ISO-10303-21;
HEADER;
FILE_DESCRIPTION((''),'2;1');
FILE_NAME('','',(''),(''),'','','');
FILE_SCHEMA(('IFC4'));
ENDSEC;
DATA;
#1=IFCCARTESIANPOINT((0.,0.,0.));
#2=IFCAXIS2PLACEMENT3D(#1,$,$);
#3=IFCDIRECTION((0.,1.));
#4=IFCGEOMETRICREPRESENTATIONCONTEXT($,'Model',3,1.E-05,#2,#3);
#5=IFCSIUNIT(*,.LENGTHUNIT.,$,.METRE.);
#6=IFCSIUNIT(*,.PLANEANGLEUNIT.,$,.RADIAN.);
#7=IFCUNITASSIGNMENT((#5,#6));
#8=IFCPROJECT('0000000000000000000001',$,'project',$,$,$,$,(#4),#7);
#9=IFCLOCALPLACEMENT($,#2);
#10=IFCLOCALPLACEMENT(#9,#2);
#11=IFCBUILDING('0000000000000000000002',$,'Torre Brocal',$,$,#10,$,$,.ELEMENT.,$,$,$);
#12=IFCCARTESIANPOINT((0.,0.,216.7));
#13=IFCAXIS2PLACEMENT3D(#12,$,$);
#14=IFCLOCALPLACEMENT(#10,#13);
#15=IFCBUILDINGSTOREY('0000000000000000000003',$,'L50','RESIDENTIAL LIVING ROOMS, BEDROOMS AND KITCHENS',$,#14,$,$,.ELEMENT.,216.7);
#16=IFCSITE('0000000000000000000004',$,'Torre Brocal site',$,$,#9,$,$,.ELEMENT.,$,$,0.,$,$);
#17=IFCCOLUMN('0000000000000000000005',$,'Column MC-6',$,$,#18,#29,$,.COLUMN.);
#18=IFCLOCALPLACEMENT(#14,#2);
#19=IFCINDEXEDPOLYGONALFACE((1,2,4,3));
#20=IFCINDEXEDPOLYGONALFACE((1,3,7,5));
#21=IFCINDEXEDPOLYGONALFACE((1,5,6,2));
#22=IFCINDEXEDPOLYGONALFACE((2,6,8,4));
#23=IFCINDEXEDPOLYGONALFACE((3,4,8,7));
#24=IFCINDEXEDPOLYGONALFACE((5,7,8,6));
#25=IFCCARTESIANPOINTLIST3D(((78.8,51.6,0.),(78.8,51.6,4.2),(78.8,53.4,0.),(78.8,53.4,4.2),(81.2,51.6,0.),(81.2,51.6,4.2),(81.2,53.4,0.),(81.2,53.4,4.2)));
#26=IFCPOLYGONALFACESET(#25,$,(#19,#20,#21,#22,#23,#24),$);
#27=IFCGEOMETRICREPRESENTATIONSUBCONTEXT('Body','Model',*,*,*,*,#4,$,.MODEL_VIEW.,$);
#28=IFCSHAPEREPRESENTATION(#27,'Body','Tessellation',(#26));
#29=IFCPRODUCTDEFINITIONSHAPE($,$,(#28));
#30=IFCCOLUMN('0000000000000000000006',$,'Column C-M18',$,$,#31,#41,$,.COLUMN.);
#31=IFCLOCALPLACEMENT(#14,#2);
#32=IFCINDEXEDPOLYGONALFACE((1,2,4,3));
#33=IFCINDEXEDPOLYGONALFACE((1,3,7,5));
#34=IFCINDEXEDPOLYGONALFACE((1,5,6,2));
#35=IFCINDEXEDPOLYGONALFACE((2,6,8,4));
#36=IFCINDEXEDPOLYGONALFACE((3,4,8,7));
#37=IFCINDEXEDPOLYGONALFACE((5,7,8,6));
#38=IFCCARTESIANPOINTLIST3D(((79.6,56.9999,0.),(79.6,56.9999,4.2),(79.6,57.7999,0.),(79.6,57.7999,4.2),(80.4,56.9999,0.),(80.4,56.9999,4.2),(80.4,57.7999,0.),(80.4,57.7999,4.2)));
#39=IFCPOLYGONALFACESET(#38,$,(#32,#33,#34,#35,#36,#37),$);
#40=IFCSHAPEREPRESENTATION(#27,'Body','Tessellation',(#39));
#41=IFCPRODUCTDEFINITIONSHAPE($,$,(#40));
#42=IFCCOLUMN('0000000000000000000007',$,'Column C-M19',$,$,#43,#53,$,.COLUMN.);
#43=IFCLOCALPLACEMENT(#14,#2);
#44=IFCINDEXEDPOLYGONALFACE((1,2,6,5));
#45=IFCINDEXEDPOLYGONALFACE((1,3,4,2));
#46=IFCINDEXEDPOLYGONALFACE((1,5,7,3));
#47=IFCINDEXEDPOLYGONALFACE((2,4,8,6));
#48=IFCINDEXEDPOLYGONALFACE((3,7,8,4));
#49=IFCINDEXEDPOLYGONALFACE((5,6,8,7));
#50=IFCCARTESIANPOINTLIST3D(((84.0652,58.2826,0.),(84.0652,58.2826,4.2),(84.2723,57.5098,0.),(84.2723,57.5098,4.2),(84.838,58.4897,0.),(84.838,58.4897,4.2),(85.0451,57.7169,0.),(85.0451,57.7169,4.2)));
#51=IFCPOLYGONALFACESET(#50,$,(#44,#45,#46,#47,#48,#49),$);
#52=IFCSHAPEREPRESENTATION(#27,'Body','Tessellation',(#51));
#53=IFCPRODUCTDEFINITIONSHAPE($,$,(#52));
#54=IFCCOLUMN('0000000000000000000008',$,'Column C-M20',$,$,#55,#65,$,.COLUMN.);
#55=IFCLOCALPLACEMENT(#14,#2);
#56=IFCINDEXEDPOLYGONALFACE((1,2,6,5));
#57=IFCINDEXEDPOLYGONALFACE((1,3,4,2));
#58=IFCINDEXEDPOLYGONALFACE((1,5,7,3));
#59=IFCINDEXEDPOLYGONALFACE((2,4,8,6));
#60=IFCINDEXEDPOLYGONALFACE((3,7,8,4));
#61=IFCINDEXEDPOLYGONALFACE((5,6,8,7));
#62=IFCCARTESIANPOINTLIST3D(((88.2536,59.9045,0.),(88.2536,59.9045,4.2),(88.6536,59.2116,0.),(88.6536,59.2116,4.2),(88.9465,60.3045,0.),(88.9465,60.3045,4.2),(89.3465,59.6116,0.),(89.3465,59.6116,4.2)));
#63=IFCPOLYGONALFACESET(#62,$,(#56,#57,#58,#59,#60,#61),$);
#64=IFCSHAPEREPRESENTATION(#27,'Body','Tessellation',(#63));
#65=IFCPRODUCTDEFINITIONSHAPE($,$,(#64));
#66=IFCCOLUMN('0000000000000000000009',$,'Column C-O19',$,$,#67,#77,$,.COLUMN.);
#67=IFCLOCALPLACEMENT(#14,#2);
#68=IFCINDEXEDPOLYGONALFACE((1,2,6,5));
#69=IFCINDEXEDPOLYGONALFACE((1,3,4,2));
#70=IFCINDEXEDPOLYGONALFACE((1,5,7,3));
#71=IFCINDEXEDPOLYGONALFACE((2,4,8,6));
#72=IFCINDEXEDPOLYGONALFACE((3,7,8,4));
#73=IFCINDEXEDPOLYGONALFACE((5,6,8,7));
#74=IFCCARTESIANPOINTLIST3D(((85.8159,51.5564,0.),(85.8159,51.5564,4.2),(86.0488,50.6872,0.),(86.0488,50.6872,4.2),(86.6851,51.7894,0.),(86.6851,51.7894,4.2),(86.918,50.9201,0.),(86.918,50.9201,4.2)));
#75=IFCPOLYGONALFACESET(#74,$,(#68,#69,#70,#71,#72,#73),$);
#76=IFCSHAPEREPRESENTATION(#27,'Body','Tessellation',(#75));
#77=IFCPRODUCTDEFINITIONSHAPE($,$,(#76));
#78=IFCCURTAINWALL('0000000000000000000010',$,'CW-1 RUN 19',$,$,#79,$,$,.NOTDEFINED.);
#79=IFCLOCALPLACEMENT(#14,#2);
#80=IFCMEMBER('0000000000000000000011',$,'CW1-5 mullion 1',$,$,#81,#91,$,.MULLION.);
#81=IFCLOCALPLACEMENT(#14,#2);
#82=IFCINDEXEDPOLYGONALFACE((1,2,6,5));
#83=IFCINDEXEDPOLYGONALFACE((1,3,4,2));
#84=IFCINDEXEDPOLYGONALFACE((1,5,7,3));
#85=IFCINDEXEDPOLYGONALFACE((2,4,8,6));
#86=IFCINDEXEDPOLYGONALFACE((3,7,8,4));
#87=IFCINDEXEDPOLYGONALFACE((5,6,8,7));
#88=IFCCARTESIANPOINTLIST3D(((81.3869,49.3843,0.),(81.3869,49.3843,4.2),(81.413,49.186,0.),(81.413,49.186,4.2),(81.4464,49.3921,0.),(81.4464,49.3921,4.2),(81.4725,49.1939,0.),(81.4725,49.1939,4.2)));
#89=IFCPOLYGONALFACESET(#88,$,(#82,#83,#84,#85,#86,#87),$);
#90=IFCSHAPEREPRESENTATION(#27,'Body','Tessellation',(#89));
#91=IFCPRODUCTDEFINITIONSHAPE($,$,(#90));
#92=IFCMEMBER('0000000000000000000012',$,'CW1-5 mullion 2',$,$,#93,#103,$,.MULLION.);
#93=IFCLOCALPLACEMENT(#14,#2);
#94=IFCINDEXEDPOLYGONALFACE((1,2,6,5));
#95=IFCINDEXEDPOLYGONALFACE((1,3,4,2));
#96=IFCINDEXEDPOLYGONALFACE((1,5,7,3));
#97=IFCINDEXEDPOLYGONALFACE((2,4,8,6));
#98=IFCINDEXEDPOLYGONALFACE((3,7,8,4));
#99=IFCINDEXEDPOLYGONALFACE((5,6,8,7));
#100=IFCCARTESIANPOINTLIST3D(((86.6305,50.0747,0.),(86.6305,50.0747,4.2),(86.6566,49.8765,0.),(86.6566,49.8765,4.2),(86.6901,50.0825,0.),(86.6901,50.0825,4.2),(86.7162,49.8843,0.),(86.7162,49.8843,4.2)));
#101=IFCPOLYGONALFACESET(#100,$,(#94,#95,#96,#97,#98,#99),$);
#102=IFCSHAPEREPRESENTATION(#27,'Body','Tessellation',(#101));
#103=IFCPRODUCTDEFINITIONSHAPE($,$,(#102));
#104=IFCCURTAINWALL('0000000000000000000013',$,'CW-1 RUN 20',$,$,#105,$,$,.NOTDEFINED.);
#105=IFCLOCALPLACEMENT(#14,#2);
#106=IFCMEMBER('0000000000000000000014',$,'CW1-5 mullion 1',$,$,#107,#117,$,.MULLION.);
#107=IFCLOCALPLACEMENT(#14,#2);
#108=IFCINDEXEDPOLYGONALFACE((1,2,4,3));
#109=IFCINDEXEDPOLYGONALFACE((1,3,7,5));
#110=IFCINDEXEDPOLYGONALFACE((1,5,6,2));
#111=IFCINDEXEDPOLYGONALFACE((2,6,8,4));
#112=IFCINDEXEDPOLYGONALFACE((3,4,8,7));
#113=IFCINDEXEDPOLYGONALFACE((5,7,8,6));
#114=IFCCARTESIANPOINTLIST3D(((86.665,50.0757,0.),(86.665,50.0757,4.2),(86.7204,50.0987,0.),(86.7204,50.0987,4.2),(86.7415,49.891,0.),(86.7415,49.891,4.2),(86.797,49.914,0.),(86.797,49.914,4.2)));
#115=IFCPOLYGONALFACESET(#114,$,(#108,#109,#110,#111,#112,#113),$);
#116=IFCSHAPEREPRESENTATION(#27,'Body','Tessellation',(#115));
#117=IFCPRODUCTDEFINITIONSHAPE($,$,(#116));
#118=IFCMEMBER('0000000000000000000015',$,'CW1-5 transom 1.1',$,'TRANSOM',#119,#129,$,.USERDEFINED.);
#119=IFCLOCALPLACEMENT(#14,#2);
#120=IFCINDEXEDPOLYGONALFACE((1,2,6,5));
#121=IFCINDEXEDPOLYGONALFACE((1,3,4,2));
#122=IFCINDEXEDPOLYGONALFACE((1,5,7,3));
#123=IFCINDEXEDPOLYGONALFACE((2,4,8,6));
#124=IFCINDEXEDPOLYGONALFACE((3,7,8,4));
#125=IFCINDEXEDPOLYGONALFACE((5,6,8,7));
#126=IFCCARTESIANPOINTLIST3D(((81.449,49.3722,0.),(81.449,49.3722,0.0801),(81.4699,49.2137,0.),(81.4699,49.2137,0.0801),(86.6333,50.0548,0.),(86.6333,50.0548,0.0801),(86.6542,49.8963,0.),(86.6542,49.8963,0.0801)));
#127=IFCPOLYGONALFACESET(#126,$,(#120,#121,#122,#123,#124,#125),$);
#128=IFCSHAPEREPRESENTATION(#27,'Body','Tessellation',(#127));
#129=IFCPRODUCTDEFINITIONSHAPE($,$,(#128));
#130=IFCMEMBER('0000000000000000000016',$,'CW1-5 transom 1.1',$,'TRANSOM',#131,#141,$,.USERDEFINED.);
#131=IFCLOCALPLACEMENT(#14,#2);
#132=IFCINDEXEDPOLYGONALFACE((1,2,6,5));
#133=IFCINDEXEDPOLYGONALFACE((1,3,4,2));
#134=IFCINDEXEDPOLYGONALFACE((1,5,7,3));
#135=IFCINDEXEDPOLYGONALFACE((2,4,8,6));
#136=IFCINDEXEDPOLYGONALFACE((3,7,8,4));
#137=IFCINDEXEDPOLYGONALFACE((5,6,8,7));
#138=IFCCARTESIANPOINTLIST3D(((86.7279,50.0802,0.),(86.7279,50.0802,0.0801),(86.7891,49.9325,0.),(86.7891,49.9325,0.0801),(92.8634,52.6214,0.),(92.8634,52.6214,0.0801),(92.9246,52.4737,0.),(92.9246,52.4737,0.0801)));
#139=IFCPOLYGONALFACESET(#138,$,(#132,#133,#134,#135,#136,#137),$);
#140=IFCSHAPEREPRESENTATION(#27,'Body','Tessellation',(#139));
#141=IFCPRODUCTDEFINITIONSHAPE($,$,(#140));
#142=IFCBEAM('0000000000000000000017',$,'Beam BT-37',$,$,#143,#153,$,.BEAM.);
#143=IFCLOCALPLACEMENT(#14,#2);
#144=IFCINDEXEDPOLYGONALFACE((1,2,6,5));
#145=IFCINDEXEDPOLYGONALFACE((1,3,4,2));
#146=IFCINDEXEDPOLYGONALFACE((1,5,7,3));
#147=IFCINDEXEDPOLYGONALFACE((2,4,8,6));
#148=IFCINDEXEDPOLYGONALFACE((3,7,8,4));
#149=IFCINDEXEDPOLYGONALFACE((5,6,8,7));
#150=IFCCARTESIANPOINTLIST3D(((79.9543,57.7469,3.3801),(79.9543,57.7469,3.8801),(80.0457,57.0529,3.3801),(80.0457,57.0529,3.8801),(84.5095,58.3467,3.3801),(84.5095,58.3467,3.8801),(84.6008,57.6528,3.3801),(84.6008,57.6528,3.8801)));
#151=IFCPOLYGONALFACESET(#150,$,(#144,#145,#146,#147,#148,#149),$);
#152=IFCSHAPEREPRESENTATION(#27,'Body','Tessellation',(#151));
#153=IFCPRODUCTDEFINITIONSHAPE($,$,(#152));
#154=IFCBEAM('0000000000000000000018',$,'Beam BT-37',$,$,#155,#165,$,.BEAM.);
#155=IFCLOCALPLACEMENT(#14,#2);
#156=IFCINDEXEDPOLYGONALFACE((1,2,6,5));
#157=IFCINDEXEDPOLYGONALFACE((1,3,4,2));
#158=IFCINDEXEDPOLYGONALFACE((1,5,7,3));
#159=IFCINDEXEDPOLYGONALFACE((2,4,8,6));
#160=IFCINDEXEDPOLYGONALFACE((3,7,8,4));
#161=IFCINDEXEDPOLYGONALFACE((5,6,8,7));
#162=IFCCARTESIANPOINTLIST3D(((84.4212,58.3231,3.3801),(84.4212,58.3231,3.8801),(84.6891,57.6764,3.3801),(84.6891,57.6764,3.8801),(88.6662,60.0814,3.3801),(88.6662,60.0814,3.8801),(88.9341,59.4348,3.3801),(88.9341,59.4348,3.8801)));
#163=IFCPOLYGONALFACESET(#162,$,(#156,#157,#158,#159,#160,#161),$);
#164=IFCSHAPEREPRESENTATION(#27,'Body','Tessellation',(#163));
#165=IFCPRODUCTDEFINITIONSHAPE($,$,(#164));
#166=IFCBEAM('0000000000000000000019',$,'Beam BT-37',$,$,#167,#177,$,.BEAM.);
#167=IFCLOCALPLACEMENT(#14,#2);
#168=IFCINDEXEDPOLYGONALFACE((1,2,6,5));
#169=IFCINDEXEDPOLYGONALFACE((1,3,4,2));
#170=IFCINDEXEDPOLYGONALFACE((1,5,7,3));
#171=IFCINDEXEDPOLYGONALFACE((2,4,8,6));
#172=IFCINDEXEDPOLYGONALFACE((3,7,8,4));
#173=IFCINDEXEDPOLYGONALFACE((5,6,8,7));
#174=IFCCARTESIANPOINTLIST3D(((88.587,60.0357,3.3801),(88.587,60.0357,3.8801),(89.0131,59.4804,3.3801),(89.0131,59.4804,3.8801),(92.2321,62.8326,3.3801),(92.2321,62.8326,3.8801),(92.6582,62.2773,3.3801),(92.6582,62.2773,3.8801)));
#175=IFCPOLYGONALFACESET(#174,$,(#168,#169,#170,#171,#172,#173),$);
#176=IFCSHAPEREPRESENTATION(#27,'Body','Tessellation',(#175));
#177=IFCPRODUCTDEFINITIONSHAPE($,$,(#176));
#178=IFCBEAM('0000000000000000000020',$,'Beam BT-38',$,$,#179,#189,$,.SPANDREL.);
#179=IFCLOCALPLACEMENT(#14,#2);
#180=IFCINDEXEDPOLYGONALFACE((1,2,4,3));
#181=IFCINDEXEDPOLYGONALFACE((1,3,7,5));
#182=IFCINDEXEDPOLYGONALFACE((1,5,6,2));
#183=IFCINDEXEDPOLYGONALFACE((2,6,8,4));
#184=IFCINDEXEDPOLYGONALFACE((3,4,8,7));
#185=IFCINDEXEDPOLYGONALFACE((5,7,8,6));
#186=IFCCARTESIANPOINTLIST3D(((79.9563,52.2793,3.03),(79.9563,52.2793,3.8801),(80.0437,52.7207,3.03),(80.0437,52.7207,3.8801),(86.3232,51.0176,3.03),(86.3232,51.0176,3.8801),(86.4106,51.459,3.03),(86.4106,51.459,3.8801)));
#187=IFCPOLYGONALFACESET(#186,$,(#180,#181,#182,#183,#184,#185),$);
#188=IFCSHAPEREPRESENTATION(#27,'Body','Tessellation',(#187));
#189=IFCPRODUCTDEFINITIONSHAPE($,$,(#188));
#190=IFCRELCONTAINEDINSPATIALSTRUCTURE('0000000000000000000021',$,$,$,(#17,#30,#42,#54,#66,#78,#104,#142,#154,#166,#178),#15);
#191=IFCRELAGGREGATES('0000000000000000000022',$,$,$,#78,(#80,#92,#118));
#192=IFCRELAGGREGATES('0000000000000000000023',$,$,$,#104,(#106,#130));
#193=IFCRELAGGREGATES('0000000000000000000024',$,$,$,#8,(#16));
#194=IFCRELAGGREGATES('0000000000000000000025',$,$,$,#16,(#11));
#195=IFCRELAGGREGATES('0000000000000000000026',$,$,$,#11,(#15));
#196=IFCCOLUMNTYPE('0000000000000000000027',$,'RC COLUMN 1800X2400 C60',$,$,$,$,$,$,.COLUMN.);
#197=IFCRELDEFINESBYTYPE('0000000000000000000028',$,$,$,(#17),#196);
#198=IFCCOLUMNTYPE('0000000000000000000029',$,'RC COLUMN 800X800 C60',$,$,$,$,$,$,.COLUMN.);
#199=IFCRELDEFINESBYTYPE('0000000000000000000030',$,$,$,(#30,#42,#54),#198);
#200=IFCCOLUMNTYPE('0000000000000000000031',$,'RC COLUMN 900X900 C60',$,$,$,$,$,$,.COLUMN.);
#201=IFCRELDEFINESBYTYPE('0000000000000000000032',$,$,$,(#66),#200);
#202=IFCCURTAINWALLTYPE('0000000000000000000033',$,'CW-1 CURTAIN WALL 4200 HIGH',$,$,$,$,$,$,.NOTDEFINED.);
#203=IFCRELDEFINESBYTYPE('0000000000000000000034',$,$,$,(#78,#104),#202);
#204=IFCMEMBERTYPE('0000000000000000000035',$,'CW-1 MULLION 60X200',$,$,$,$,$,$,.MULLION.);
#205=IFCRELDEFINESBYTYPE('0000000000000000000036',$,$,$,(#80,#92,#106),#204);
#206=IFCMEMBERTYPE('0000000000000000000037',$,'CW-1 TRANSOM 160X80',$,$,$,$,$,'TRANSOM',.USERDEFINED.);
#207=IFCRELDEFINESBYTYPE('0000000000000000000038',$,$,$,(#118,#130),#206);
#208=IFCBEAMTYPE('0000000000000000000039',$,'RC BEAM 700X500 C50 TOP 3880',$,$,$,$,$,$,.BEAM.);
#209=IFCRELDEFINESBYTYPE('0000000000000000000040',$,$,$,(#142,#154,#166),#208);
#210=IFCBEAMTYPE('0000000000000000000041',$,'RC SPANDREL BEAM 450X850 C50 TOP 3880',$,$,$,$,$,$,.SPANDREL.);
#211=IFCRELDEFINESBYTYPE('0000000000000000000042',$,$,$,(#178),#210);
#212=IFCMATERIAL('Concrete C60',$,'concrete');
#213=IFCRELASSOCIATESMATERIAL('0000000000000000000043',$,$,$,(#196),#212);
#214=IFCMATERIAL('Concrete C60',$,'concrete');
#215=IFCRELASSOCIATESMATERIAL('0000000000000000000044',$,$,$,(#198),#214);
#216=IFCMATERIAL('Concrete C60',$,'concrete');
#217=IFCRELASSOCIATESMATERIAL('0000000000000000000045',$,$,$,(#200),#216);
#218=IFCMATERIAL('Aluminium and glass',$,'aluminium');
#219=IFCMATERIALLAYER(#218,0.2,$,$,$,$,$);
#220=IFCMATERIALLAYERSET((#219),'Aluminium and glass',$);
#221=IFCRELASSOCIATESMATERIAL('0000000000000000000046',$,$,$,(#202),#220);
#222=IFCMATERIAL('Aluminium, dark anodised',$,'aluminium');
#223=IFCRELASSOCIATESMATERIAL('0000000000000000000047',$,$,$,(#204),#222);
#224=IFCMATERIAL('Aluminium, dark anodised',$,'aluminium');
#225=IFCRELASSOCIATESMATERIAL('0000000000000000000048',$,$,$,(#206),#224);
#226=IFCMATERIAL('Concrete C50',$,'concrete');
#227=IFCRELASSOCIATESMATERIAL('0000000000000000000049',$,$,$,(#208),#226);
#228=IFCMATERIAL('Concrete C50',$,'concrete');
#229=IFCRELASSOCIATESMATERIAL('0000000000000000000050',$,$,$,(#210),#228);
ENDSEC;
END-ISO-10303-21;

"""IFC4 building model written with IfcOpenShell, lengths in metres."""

from ifc_helpers import new_model, si_unit, direction, frame, origin, origin_2d, place, context, subcontext, project, spatial, rectangle, extrude, material, layer, layer_set, material_profile, profile_set, type_object, element, aggregate, save


model = new_model("IFC4")

# Units and contexts
model_context = context("Model", 3, precision=1e-05, world=origin(), true_north=direction((0.0, 1.0)))
body_context = subcontext(model_context, "Body", "Model", "MODEL_VIEW")
ifc_project = project(units=[si_unit("LENGTHUNIT", "METRE"), si_unit("PLANEANGLEUNIT", "RADIAN")], contexts=[model_context])

# Site, building, storey
site_placement = place(None, origin())
site = spatial("IfcSite", under=ifc_project, at=site_placement, Name="Torre Brocal site", CompositionType="ELEMENT", RefElevation=0.0)
building_placement = place(site_placement, origin())
building = spatial("IfcBuilding", under=site, at=building_placement, Name="Torre Brocal", CompositionType="ELEMENT")
storey_placement = place(building_placement, frame((0.0, 0.0, 216.7)))
storey = spatial("IfcBuildingStorey", under=building, at=storey_placement, Name="L50", Description="RESIDENTIAL LIVING ROOMS, BEDROOMS AND KITCHENS", CompositionType="ELEMENT", Elevation=216.7)

# Columns
ifc_material_1 = material(Name="Concrete C60", Category="concrete")
ifc_material_profile_1 = material_profile(ifc_material_1, rectangle(XDim=1.8, YDim=2.3999, at=origin_2d()), Name="RC 1800X2400")
ifc_profile_set_1 = profile_set([ifc_material_profile_1], Name="Concrete C60")
column_type_1 = type_object("IfcColumnType", Name="RC COLUMN 1800X2400 C60", PredefinedType="COLUMN", material=ifc_profile_set_1)
column_1_placement = place(storey_placement, frame((80.0, 52.5, 0.0), z_axis=(0.0, 0.0, 1.0), x_axis=(0.0, -1.0, 0.0)))
element("IfcColumn", 1, at=column_1_placement, inside=storey, type_object=column_type_1, Name="Column MC-6", PredefinedType="COLUMN", context=body_context, shape_type="SweptSolid", body=[
    extrude(rectangle(XDim=1.8, YDim=2.3999, at=origin_2d()), origin(), (0.0, 0.0, 1.0), 4.2),
])
ifc_material_2 = material(Name="Concrete C60", Category="concrete")
ifc_material_profile_2 = material_profile(ifc_material_2, rectangle(XDim=0.8, YDim=0.8, at=origin_2d()), Name="RC 800X800")
ifc_profile_set_2 = profile_set([ifc_material_profile_2], Name="Concrete C60")
column_type_2 = type_object("IfcColumnType", Name="RC COLUMN 800X800 C60", PredefinedType="COLUMN", material=ifc_profile_set_2)
for number, where, z_axis, x_axis, name in (
    (2, (80.0, 57.3999, 0.0), (0.0, 0.0, 1.0), (0.0, -1.0, 0.0), "Column C-M18"),
    (3, (84.5552, 57.9998, 0.0), (0.0, 0.0, 1.0), (0.258819, -0.965926, 0.0), "Column C-M19"),
    (4, (88.8, 59.7581, 0.0), (0.0, 0.0, 1.0), (0.5, -0.866025, 0.0), "Column C-M20"),
):
    element("IfcColumn", number, at=place(storey_placement, frame(where, z_axis=z_axis, x_axis=x_axis)), inside=storey, type_object=column_type_2, Name=name, PredefinedType="COLUMN", context=body_context, shape_type="SweptSolid", body=[
        extrude(rectangle(XDim=0.8, YDim=0.8, at=origin_2d()), origin(), (0.0, 0.0, 1.0), 4.2),
    ])
ifc_material_3 = material(Name="Concrete C60", Category="concrete")
ifc_material_profile_3 = material_profile(ifc_material_3, rectangle(XDim=0.8999, YDim=0.8999, at=origin_2d()), Name="RC 900X900")
ifc_profile_set_3 = profile_set([ifc_material_profile_3], Name="Concrete C60")
column_type_3 = type_object("IfcColumnType", Name="RC COLUMN 900X900 C60", PredefinedType="COLUMN", material=ifc_profile_set_3)
column_2_placement = place(storey_placement, frame((86.3669, 51.2383, 0.0), z_axis=(0.0, 0.0, 1.0), x_axis=(0.258819, -0.965926, 0.0)))
element("IfcColumn", 5, at=column_2_placement, inside=storey, type_object=column_type_3, Name="Column C-O19", PredefinedType="COLUMN", context=body_context, shape_type="SweptSolid", body=[
    extrude(rectangle(XDim=0.8999, YDim=0.8999, at=origin_2d()), origin(), (0.0, 0.0, 1.0), 4.2),
])

# Curtain wall, members
ifc_material_4 = material(Name="Aluminium and glass", Category="aluminium")
ifc_layer_1 = layer(ifc_material_4, 0.2)
ifc_layer_set_1 = layer_set([ifc_layer_1], Name="Aluminium and glass")
curtain_wall_type = type_object("IfcCurtainWallType", Name="CW-1 CURTAIN WALL 4200 HIGH", PredefinedType="NOTDEFINED", material=ifc_layer_set_1)
curtain_wall_1_placement = place(storey_placement, origin())
curtain_wall_1 = element("IfcCurtainWall", 6, at=curtain_wall_1_placement, inside=storey, type_object=curtain_wall_type, Name="CW-1 RUN 19", PredefinedType="NOTDEFINED")
ifc_material_5 = material(Name="Aluminium, dark anodised", Category="aluminium")
ifc_material_profile_4 = material_profile(ifc_material_5, rectangle(XDim=0.2, YDim=0.0601, at=origin_2d()), Name="CW-1 MULLION 60X200")
ifc_profile_set_4 = profile_set([ifc_material_profile_4], Name="Aluminium, dark anodised")
member_type_1 = type_object("IfcMemberType", Name="CW-1 MULLION 60X200", PredefinedType="MULLION", material=ifc_profile_set_4)
member_1_placement = place(storey_placement, frame((81.4297, 49.2891, 0.0), z_axis=(0.0, 0.0, 1.0), x_axis=(-0.130526, 0.991445, 0.0)))
member_1 = element("IfcMember", 7, at=member_1_placement, type_object=member_type_1, Name="CW1-5 mullion 1", PredefinedType="MULLION", context=body_context, shape_type="SweptSolid", body=[
    extrude(rectangle(XDim=0.2, YDim=0.0601, at=origin_2d()), origin(), (0.0, 0.0, 1.0), 4.2),
])
member_2_placement = place(storey_placement, frame((86.6733, 49.9795, 0.0), z_axis=(0.0, 0.0, 1.0), x_axis=(-0.130526, 0.991445, 0.0)))
member_2 = element("IfcMember", 8, at=member_2_placement, type_object=member_type_1, Name="CW1-5 mullion 2", PredefinedType="MULLION", context=body_context, shape_type="SweptSolid", body=[
    extrude(rectangle(XDim=0.2, YDim=0.0601, at=origin_2d()), origin(), (0.0, 0.0, 1.0), 4.2),
])

# Curtain wall, member
curtain_wall_2_placement = place(storey_placement, origin())
curtain_wall_2 = element("IfcCurtainWall", 9, at=curtain_wall_2_placement, inside=storey, type_object=curtain_wall_type, Name="CW-1 RUN 20", PredefinedType="NOTDEFINED")
member_3_placement = place(storey_placement, frame((86.731, 49.9949, 0.0), z_axis=(0.0, 0.0, 1.0), x_axis=(-0.382683, 0.92388, 0.0)))
member_3 = element("IfcMember", 10, at=member_3_placement, type_object=member_type_1, Name="CW1-5 mullion 1", PredefinedType="MULLION", context=body_context, shape_type="SweptSolid", body=[
    extrude(rectangle(XDim=0.2, YDim=0.0601, at=origin_2d()), origin(), (0.0, 0.0, 1.0), 4.2),
])

# Members
ifc_material_6 = material(Name="Aluminium, dark anodised", Category="aluminium")
ifc_material_profile_5 = material_profile(ifc_material_6, rectangle(XDim=0.1599, YDim=0.0801, at=origin_2d()), Name="CW-1 TRANSOM 160X80")
ifc_profile_set_5 = profile_set([ifc_material_profile_5], Name="Aluminium, dark anodised")
member_type_2 = type_object("IfcMemberType", Name="CW-1 TRANSOM 160X80", ElementType="TRANSOM", PredefinedType="USERDEFINED", material=ifc_profile_set_5)
member_4_placement = place(storey_placement, frame((81.4595, 49.293, 0.04), z_axis=(0.991443, 0.130543, 0.0), x_axis=(-0.130543, 0.991443, 0.0)))
member_4 = element("IfcMember", 11, at=member_4_placement, type_object=member_type_2, Name="CW1-5 transom 1.1", ObjectType="TRANSOM", PredefinedType="USERDEFINED", context=body_context, shape_type="SweptSolid", body=[
    extrude(rectangle(XDim=0.1599, YDim=0.0801, at=origin_2d()), origin(), (0.0, 0.0, 1.0), 5.229),
])
member_5_placement = place(storey_placement, frame((86.7585, 50.0063, 0.04), z_axis=(0.923887, 0.382665, 0.0), x_axis=(-0.382665, 0.923887, 0.0)))
member_5 = element("IfcMember", 12, at=member_5_placement, type_object=member_type_2, Name="CW1-5 transom 1.1", ObjectType="TRANSOM", PredefinedType="USERDEFINED", context=body_context, shape_type="SweptSolid", body=[
    extrude(rectangle(XDim=0.1599, YDim=0.0801, at=origin_2d()), origin(), (0.0, 0.0, 1.0), 6.6409),
])

# Beams
ifc_material_7 = material(Name="Concrete C50", Category="concrete")
ifc_material_profile_6 = material_profile(ifc_material_7, rectangle(XDim=0.7, YDim=0.5, at=origin_2d()), Name="RC 700X500")
ifc_profile_set_6 = profile_set([ifc_material_profile_6], Name="Concrete C50")
beam_type_1 = type_object("IfcBeamType", Name="RC BEAM 700X500 C50 TOP 3880", PredefinedType="BEAM", material=ifc_profile_set_6)
beam_1_placement = place(storey_placement, frame((80.0, 57.3999, 3.6301), z_axis=(0.991441, 0.130559, 0.0), x_axis=(-0.130559, 0.991441, 0.0)))
element("IfcBeam", 13, at=beam_1_placement, inside=storey, type_object=beam_type_1, Name="Beam BT-37", PredefinedType="BEAM", context=body_context, shape_type="SweptSolid", body=[
    extrude(rectangle(XDim=0.7, YDim=0.5, at=origin_2d()), origin(), (0.0, 0.0, 1.0), 4.5945),
])
beam_2_placement = place(storey_placement, frame((84.5552, 57.9998, 3.6301), z_axis=(0.923878, 0.382687, 0.0), x_axis=(-0.382687, 0.923878, 0.0)))
element("IfcBeam", 14, at=beam_2_placement, inside=storey, type_object=beam_type_1, Name="Beam BT-37", PredefinedType="BEAM", context=body_context, shape_type="SweptSolid", body=[
    extrude(rectangle(XDim=0.7, YDim=0.5, at=origin_2d()), origin(), (0.0, 0.0, 1.0), 4.5947),
])
beam_3_placement = place(storey_placement, frame((88.8, 59.7581, 3.6301), z_axis=(0.793358, 0.608755, 0.0), x_axis=(-0.608755, 0.793358, 0.0)))
element("IfcBeam", 15, at=beam_3_placement, inside=storey, type_object=beam_type_1, Name="Beam BT-37", PredefinedType="BEAM", context=body_context, shape_type="SweptSolid", body=[
    extrude(rectangle(XDim=0.7, YDim=0.5, at=origin_2d()), origin(), (0.0, 0.0, 1.0), 4.5945),
])
ifc_material_8 = material(Name="Concrete C50", Category="concrete")
ifc_material_profile_7 = material_profile(ifc_material_8, rectangle(XDim=0.45, YDim=0.8501, at=origin_2d()), Name="RC 450X850")
ifc_profile_set_7 = profile_set([ifc_material_profile_7], Name="Concrete C50")
beam_type_2 = type_object("IfcBeamType", Name="RC SPANDREL BEAM 450X850 C50 TOP 3880", PredefinedType="SPANDREL", material=ifc_profile_set_7)
beam_4_placement = place(storey_placement, frame((80.0, 52.5, 3.4551), z_axis=(0.980925, -0.194387, 0.0), x_axis=(0.194387, 0.980925, 0.0)))
element("IfcBeam", 16, at=beam_4_placement, inside=storey, type_object=beam_type_2, Name="Beam BT-38", PredefinedType="SPANDREL", context=body_context, shape_type="SweptSolid", body=[
    extrude(rectangle(XDim=0.45, YDim=0.8501, at=origin_2d()), origin(), (0.0, 0.0, 1.0), 6.4907),
])

aggregate(curtain_wall_1, [member_1, member_2, member_4])
aggregate(curtain_wall_2, [member_3, member_5])

save(model, "model.ifc")
